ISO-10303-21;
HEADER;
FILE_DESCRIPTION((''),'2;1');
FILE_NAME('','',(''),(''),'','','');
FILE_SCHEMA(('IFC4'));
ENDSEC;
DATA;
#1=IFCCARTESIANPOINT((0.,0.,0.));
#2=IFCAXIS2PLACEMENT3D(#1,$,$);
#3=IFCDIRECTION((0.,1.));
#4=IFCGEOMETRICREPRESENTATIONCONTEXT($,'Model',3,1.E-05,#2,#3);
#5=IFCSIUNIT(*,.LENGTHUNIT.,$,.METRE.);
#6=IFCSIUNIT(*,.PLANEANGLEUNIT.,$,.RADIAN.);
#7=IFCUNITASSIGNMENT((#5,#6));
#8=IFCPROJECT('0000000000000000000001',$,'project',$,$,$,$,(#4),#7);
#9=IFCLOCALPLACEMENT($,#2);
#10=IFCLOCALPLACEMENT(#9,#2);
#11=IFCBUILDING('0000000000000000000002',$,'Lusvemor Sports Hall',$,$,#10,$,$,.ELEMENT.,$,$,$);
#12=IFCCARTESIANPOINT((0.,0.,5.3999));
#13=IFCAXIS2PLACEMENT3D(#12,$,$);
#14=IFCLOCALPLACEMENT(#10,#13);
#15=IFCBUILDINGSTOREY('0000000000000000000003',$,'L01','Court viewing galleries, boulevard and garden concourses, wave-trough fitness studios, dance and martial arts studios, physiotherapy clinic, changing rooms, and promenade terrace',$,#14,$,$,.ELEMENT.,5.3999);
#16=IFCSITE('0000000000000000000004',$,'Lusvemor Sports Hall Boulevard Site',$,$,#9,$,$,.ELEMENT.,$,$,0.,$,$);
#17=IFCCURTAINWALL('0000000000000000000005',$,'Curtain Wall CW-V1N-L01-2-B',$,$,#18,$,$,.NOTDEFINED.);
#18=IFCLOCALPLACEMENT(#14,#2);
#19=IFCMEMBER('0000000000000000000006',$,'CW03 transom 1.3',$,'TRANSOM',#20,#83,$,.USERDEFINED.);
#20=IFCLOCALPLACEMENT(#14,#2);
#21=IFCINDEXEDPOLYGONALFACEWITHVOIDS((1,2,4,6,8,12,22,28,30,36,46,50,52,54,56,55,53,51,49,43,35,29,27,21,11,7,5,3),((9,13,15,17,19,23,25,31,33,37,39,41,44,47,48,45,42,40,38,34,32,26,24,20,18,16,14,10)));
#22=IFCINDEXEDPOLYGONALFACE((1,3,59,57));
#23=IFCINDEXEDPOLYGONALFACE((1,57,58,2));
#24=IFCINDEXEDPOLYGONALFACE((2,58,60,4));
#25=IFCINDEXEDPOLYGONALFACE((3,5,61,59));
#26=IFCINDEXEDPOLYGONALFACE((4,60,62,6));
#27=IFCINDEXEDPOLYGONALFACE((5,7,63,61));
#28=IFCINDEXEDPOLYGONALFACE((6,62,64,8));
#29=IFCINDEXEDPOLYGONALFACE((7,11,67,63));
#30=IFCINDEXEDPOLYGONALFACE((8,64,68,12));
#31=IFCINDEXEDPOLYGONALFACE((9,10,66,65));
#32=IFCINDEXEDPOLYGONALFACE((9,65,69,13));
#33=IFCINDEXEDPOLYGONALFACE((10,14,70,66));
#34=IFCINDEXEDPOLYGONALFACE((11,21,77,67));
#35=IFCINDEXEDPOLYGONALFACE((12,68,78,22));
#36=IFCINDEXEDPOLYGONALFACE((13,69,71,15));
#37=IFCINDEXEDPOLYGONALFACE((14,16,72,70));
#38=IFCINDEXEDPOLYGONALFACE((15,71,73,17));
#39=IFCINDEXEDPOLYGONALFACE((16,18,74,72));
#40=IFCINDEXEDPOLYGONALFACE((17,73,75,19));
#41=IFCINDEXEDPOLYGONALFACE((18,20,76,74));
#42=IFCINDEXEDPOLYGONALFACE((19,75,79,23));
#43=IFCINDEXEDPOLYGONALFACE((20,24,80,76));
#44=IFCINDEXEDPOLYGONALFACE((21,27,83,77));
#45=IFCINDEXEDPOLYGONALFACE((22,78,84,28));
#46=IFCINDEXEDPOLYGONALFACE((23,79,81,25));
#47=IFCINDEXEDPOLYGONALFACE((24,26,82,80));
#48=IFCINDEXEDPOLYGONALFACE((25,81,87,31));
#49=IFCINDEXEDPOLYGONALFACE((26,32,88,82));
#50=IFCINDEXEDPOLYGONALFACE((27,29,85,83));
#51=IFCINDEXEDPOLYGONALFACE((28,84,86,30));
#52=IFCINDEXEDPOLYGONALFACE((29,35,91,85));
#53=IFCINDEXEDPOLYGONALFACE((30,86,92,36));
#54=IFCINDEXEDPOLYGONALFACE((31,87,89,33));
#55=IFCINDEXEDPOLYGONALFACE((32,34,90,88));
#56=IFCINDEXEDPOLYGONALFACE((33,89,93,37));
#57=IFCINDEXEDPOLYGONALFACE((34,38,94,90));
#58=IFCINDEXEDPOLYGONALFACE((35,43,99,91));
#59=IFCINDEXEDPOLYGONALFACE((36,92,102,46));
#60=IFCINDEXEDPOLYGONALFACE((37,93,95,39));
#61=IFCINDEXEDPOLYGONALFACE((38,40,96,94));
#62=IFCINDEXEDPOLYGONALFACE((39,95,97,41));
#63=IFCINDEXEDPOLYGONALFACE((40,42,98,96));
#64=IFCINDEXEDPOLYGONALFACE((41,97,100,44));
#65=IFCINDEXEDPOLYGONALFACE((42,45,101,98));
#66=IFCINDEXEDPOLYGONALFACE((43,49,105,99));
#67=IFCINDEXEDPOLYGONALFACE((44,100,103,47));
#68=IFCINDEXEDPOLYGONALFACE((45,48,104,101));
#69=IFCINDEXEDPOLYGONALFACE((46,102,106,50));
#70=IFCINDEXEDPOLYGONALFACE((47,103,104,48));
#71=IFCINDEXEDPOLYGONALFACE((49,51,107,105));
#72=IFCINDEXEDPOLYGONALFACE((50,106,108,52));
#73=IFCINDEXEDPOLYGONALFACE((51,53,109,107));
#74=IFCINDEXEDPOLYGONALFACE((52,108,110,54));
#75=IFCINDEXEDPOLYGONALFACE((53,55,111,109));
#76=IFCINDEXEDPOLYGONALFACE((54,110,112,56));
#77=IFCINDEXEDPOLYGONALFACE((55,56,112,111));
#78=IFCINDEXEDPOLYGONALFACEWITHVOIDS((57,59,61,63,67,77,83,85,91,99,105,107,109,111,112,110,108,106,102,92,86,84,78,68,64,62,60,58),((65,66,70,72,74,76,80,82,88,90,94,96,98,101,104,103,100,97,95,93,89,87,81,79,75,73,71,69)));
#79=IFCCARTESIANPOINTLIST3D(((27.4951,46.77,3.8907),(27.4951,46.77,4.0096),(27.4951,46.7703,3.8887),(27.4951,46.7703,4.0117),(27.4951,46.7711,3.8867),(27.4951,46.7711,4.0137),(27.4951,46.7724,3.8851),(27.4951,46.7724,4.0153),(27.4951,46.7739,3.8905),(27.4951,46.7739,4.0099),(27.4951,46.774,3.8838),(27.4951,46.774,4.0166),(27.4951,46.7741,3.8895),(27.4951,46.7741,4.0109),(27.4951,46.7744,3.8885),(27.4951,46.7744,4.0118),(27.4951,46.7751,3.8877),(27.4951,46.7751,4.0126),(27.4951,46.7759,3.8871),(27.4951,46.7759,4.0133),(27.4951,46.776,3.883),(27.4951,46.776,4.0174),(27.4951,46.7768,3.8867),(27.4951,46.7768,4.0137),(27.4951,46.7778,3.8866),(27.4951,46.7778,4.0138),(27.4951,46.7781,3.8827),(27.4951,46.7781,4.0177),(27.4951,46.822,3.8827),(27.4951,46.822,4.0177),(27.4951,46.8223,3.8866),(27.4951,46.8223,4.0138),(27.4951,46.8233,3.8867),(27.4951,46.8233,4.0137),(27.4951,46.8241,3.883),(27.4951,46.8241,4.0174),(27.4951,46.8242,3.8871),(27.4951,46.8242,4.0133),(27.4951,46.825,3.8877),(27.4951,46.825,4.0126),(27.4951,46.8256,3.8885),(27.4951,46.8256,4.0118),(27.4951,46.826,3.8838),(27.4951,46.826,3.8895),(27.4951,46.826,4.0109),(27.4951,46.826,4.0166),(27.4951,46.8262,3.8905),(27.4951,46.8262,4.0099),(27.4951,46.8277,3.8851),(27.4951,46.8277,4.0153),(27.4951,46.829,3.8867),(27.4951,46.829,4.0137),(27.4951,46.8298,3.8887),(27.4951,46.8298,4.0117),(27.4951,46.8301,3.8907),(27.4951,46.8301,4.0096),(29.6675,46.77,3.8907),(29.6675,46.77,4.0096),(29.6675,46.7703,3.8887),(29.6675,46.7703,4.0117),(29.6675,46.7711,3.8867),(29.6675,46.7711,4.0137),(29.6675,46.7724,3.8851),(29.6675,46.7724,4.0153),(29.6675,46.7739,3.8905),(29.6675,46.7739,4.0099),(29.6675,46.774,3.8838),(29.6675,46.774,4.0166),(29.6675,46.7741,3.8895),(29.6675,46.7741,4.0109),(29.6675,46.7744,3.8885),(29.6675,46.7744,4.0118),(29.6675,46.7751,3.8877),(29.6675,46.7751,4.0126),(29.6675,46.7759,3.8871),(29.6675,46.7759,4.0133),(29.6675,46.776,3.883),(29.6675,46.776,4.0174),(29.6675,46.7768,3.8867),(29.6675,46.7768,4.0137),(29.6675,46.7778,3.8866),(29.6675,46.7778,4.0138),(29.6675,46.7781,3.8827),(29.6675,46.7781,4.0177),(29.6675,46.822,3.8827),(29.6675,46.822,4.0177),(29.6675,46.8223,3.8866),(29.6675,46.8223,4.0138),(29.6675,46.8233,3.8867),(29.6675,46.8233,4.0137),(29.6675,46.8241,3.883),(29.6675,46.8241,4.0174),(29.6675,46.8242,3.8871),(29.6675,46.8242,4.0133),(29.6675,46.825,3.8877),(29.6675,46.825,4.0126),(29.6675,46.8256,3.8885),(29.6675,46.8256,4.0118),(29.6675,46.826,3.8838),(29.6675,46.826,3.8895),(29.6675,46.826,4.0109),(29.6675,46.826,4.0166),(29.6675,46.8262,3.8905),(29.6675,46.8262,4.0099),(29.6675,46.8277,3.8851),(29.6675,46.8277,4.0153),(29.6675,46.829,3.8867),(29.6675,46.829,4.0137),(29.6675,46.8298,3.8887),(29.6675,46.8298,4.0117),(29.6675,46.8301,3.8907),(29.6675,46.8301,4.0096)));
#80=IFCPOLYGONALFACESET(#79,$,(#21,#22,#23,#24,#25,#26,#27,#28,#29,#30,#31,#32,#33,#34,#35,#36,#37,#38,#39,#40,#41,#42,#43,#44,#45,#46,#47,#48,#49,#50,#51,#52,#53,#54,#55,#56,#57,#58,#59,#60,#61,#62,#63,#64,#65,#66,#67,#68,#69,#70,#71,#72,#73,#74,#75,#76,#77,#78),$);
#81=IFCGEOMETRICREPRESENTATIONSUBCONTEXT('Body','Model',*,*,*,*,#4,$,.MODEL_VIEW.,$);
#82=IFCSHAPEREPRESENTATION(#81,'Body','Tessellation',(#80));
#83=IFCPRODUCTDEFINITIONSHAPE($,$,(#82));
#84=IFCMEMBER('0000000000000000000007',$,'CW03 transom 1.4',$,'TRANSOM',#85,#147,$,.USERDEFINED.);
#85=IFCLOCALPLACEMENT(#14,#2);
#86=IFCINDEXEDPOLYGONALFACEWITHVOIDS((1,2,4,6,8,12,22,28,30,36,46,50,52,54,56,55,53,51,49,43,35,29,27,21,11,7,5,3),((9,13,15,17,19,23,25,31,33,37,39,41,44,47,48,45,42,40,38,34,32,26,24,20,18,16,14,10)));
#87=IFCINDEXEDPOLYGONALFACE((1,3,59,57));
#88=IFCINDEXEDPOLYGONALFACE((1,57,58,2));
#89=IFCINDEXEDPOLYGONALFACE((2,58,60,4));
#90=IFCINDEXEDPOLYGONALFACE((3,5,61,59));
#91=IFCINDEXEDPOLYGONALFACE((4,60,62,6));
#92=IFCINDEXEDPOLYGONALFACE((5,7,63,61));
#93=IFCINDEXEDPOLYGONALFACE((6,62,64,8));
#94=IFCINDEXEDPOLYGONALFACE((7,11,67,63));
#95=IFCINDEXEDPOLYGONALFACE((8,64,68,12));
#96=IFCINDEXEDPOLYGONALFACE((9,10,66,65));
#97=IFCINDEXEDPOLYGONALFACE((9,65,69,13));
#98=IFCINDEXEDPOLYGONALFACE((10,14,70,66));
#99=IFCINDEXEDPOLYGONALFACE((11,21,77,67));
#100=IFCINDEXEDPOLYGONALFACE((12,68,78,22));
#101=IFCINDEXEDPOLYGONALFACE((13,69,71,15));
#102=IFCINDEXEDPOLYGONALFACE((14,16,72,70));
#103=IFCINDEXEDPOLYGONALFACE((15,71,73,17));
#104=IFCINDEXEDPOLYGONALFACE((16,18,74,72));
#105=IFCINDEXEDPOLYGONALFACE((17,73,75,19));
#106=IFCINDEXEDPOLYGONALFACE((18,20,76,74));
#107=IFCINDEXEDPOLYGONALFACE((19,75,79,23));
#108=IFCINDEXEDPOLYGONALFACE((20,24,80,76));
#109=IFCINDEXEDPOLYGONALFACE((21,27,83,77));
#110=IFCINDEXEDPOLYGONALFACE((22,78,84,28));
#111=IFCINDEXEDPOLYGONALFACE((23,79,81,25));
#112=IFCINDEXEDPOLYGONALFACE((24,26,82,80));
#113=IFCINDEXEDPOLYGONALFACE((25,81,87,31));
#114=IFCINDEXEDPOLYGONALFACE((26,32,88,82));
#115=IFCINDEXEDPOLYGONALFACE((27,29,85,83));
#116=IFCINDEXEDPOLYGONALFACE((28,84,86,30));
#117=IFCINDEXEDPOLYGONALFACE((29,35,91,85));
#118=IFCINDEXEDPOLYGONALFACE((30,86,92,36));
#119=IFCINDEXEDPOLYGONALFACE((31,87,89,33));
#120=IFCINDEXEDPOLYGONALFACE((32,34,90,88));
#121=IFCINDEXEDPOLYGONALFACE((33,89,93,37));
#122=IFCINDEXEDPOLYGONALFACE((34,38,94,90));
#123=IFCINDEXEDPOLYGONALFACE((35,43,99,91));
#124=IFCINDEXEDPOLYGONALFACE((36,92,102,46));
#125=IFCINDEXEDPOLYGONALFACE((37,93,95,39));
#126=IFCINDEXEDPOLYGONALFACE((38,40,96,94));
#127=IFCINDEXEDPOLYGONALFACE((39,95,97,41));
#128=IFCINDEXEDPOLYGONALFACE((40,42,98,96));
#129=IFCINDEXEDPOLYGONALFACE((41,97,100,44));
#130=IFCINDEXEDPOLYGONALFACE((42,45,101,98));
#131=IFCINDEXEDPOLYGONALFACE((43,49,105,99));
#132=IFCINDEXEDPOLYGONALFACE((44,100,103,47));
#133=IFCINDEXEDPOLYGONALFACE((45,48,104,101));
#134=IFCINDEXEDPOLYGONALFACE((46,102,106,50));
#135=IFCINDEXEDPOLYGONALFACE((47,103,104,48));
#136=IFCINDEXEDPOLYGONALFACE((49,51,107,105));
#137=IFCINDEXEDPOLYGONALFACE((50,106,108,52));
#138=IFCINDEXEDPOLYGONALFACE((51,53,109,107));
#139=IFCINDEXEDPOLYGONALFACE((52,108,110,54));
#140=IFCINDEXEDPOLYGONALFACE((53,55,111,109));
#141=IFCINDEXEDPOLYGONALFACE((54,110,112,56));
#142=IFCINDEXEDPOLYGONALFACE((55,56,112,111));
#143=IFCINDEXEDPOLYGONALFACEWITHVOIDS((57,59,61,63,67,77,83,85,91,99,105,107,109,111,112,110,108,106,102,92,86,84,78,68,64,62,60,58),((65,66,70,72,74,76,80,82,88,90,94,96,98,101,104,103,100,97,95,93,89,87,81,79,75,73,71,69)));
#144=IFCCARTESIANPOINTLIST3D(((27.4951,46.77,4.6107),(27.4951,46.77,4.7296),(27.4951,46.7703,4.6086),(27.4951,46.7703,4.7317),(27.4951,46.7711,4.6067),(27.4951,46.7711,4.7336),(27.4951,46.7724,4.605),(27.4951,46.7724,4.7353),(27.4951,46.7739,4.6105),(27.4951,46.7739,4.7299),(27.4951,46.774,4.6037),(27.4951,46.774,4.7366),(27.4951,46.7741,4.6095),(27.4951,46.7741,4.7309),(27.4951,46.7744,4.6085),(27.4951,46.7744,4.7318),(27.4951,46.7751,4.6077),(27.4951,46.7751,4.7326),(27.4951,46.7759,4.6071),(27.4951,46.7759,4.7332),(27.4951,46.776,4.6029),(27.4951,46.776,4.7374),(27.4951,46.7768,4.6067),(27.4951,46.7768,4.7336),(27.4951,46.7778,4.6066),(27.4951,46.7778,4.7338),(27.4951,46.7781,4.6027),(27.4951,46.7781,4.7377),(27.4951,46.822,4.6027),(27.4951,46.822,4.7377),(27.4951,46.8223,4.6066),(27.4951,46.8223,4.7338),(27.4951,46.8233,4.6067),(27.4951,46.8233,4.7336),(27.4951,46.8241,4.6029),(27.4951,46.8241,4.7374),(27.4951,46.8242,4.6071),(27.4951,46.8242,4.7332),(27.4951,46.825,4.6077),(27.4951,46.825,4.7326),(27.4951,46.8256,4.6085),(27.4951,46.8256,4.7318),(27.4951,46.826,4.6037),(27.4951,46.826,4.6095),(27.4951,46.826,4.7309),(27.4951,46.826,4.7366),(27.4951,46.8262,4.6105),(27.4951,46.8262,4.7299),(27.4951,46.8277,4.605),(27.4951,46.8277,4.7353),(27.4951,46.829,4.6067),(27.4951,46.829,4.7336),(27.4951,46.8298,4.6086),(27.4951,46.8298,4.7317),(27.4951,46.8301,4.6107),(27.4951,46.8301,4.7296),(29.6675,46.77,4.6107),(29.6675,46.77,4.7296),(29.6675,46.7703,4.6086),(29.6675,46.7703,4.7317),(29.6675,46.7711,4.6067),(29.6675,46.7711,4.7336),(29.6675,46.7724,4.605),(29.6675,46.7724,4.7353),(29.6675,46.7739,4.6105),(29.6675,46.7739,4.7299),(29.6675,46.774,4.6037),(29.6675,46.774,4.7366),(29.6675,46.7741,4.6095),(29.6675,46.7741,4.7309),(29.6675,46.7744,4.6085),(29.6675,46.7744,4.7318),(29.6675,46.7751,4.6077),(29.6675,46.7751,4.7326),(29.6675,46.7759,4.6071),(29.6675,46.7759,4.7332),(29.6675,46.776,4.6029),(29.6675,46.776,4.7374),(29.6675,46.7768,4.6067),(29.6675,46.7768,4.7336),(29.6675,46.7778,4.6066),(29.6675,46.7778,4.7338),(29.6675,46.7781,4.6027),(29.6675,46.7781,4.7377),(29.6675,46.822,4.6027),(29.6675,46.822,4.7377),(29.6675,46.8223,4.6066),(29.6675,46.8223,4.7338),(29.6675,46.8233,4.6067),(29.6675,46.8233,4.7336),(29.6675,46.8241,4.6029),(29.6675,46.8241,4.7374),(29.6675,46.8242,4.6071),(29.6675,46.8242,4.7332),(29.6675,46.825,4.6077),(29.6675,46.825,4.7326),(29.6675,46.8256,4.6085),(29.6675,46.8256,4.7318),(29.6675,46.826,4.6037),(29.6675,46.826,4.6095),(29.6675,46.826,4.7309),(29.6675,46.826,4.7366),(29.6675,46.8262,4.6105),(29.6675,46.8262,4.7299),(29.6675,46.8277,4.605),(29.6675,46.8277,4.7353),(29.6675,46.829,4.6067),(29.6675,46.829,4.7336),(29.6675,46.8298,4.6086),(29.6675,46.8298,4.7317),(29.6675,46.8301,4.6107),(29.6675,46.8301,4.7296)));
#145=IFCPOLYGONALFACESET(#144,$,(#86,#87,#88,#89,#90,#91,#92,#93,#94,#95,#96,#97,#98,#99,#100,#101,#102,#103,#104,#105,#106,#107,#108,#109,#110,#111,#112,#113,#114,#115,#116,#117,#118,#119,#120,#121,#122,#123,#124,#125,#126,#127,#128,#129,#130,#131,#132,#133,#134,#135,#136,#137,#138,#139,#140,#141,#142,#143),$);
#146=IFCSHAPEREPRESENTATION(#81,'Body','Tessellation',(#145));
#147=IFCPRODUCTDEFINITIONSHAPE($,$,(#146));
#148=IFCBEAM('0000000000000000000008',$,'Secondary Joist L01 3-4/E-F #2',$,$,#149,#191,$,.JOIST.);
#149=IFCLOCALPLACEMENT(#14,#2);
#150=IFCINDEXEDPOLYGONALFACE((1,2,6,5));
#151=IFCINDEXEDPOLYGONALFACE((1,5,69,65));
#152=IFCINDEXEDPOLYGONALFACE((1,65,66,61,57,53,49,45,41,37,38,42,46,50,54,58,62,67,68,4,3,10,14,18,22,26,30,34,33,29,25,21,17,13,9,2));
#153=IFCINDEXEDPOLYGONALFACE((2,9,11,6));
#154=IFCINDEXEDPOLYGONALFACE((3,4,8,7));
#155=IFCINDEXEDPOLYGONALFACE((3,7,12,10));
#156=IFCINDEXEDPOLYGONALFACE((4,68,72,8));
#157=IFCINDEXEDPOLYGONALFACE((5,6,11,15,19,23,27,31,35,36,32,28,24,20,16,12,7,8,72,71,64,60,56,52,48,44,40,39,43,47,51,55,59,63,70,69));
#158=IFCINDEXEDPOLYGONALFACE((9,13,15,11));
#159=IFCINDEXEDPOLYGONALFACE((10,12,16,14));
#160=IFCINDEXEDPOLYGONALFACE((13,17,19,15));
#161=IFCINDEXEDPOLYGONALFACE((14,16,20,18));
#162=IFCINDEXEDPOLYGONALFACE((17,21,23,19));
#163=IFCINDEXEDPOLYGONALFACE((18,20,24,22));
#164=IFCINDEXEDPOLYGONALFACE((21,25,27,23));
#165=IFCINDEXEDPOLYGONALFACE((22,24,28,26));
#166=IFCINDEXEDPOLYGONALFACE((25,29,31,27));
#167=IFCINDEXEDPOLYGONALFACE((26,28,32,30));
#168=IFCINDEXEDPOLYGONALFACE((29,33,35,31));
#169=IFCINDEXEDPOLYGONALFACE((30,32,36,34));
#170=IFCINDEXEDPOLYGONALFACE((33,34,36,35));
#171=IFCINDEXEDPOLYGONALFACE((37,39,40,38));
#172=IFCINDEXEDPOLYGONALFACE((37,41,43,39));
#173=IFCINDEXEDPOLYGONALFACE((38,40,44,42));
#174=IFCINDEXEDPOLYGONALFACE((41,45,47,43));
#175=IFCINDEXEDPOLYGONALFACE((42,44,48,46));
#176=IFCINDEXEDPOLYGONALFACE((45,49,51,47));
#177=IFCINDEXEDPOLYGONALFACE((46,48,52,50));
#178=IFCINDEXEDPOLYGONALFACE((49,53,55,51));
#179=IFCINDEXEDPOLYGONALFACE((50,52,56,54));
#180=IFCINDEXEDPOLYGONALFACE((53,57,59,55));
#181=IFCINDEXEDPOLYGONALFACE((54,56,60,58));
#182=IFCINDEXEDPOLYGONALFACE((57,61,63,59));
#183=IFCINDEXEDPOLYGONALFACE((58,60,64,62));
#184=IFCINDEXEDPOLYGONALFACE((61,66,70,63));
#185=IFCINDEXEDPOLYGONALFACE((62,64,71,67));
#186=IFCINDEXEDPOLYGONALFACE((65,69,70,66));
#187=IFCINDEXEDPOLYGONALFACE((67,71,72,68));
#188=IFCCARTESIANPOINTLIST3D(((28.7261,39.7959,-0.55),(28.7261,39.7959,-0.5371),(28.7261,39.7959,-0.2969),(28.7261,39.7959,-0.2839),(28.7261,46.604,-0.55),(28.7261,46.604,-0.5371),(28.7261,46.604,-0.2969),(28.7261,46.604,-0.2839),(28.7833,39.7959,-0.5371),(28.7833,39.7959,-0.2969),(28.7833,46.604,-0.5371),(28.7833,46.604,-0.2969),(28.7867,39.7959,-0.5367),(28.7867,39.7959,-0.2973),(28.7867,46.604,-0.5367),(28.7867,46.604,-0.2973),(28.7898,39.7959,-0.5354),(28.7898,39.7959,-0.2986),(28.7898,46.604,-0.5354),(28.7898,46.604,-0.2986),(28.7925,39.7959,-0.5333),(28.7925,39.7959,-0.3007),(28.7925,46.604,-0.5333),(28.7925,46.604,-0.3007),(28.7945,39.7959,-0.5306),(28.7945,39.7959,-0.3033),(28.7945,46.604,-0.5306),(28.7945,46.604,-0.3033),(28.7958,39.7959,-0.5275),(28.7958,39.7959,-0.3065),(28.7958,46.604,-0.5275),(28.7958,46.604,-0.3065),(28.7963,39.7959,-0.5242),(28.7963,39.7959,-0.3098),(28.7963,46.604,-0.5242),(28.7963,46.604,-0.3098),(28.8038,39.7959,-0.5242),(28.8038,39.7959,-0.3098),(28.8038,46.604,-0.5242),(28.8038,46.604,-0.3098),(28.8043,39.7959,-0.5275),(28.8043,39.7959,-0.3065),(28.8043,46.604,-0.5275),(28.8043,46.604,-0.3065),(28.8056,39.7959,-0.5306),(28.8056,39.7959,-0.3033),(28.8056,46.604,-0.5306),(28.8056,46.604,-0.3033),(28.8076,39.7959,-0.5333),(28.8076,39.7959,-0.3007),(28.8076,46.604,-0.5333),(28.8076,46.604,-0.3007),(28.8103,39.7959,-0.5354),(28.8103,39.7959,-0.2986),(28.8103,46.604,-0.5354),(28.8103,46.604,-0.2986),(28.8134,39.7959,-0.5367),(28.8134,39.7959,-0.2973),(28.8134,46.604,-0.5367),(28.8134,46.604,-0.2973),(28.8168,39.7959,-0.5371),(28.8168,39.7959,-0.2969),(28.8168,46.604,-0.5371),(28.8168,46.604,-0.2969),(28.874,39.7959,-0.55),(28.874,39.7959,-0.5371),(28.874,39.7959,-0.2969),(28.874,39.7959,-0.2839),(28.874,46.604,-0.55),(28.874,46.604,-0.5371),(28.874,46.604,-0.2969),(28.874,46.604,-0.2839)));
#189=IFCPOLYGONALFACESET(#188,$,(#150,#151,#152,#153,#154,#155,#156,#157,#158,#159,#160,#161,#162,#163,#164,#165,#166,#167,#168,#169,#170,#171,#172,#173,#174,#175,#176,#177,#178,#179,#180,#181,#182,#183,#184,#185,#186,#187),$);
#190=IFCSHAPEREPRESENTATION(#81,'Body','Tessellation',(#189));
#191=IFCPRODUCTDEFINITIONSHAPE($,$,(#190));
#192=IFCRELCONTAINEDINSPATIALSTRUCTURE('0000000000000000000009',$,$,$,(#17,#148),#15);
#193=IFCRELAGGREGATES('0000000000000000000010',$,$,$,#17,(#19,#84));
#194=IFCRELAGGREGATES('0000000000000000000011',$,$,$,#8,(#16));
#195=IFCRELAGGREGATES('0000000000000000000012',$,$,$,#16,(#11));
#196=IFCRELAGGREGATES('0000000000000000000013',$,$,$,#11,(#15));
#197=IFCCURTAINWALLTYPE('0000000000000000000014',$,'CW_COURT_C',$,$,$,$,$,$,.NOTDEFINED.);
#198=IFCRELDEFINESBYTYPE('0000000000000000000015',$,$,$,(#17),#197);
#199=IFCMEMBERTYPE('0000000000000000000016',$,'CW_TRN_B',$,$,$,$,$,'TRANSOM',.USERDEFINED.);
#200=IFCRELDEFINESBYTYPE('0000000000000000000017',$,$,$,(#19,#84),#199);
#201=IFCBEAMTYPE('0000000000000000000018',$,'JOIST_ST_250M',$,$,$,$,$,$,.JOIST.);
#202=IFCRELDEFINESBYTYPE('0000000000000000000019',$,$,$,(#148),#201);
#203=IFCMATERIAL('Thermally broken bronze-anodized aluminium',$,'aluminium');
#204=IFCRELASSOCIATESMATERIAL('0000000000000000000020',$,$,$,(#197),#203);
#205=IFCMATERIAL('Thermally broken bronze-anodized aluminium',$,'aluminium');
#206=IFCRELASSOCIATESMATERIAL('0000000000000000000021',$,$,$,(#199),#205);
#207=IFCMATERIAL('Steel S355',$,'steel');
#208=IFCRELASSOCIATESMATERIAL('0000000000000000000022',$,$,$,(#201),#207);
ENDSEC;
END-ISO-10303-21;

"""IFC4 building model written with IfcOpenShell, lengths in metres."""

from ifc_helpers import new_model, si_unit, direction, frame, origin, origin_2d, place, context, subcontext, project, spatial, hollow_rectangle, i_section, extrude, material, material_profile, profile_set, type_object, element, aggregate, save


model = new_model("IFC4")

# Units and contexts
model_context = context("Model", 3, precision=1e-05, world=origin(), true_north=direction((0.0, 1.0)))
body_context = subcontext(model_context, "Body", "Model", "MODEL_VIEW")
ifc_project = project(units=[si_unit("LENGTHUNIT", "METRE"), si_unit("PLANEANGLEUNIT", "RADIAN")], contexts=[model_context])

# Site, building, storey
site_placement = place(None, origin())
site = spatial("IfcSite", under=ifc_project, at=site_placement, Name="Lusvemor Sports Hall Boulevard Site", CompositionType="ELEMENT", RefElevation=0.0)
building_placement = place(site_placement, origin())
building = spatial("IfcBuilding", under=site, at=building_placement, Name="Lusvemor Sports Hall", CompositionType="ELEMENT")
storey_placement = place(building_placement, frame((0.0, 0.0, 5.3999)))
storey = spatial("IfcBuildingStorey", under=building, at=storey_placement, Name="L01", Description="Court viewing galleries, boulevard and garden concourses, wave-trough fitness studios, dance and martial arts studios, physiotherapy clinic, changing rooms, and promenade terrace", CompositionType="ELEMENT", Elevation=5.3999)

# Shared definitions
ifc_material_1 = material(Name="Thermally broken bronze-anodized aluminium", Category="aluminium")
curtain_wall_type = type_object("IfcCurtainWallType", Name="CW_COURT_C", PredefinedType="NOTDEFINED", material=ifc_material_1)

# Curtain wall
curtain_wall_1_placement = place(storey_placement, origin())
curtain_wall_1 = element("IfcCurtainWall", 1, at=curtain_wall_1_placement, inside=storey, type_object=curtain_wall_type, Name="Curtain Wall CW-V1N-L01-2-B", PredefinedType="NOTDEFINED")

# Members
ifc_material_2 = material(Name="Thermally broken bronze-anodized aluminium", Category="aluminium")
ifc_material_profile_1 = material_profile(ifc_material_2, hollow_rectangle(XDim=0.0601, YDim=0.135, WallThickness=0.0039, InnerFilletRadius=0.0039, OuterFilletRadius=0.0081, at=origin_2d()), Name="CWTRN135x60x4")
ifc_profile_set_1 = profile_set([ifc_material_profile_1], Name="Thermally broken bronze-anodized aluminium")
member_type_1 = type_object("IfcMemberType", Name="CW_TRN_B", ElementType="TRANSOM", PredefinedType="USERDEFINED", material=ifc_profile_set_1)
member_1_placement = place(storey_placement, frame((27.4951, 46.8, 3.9502), z_axis=(1.0, 0.0, 0.0), x_axis=(0.0, 1.0, 0.0)))
member_1 = element("IfcMember", 2, at=member_1_placement, type_object=member_type_1, Name="CW03 transom 1.3", ObjectType="TRANSOM", PredefinedType="USERDEFINED", context=body_context, shape_type="SweptSolid", body=[
    extrude(hollow_rectangle(XDim=0.0601, YDim=0.135, WallThickness=0.0039, InnerFilletRadius=0.0039, OuterFilletRadius=0.0081, at=origin_2d()), origin(), (0.0, 0.0, 1.0), 2.1724),
])
member_2_placement = place(storey_placement, frame((27.4951, 46.8, 4.6702), z_axis=(1.0, 0.0, 0.0), x_axis=(0.0, 1.0, 0.0)))
member_2 = element("IfcMember", 3, at=member_2_placement, type_object=member_type_1, Name="CW03 transom 1.4", ObjectType="TRANSOM", PredefinedType="USERDEFINED", context=body_context, shape_type="SweptSolid", body=[
    extrude(hollow_rectangle(XDim=0.0601, YDim=0.135, WallThickness=0.0039, InnerFilletRadius=0.0039, OuterFilletRadius=0.0081, at=origin_2d()), origin(), (0.0, 0.0, 1.0), 2.1724),
])

# Beam
ifc_material_3 = material(Name="Steel S355", Category="steel")
ifc_material_profile_2 = material_profile(ifc_material_3, i_section(OverallWidth=0.1479, OverallDepth=0.2661, WebThickness=0.0076, FlangeThickness=0.0129, FilletRadius=0.0129, at=origin_2d()), Name="W250x44.8")
ifc_profile_set_2 = profile_set([ifc_material_profile_2], Name="Steel S355")
beam_type_1 = type_object("IfcBeamType", Name="JOIST_ST_250M", PredefinedType="JOIST", material=ifc_profile_set_2)
beam_1_placement = place(storey_placement, frame((28.8, 39.7959, -0.417), z_axis=(0.0, 1.0, 0.0), x_axis=(-1.0, 0.0, 0.0)))
element("IfcBeam", 4, at=beam_1_placement, inside=storey, type_object=beam_type_1, Name="Secondary Joist L01 3-4/E-F #2", PredefinedType="JOIST", context=body_context, shape_type="SweptSolid", body=[
    extrude(i_section(OverallWidth=0.1479, OverallDepth=0.2661, WebThickness=0.0076, FlangeThickness=0.0129, FilletRadius=0.0129, at=origin_2d()), origin(), (0.0, 0.0, 1.0), 6.8081),
])

aggregate(curtain_wall_1, [member_1, member_2])

save(model, "model.ifc")
